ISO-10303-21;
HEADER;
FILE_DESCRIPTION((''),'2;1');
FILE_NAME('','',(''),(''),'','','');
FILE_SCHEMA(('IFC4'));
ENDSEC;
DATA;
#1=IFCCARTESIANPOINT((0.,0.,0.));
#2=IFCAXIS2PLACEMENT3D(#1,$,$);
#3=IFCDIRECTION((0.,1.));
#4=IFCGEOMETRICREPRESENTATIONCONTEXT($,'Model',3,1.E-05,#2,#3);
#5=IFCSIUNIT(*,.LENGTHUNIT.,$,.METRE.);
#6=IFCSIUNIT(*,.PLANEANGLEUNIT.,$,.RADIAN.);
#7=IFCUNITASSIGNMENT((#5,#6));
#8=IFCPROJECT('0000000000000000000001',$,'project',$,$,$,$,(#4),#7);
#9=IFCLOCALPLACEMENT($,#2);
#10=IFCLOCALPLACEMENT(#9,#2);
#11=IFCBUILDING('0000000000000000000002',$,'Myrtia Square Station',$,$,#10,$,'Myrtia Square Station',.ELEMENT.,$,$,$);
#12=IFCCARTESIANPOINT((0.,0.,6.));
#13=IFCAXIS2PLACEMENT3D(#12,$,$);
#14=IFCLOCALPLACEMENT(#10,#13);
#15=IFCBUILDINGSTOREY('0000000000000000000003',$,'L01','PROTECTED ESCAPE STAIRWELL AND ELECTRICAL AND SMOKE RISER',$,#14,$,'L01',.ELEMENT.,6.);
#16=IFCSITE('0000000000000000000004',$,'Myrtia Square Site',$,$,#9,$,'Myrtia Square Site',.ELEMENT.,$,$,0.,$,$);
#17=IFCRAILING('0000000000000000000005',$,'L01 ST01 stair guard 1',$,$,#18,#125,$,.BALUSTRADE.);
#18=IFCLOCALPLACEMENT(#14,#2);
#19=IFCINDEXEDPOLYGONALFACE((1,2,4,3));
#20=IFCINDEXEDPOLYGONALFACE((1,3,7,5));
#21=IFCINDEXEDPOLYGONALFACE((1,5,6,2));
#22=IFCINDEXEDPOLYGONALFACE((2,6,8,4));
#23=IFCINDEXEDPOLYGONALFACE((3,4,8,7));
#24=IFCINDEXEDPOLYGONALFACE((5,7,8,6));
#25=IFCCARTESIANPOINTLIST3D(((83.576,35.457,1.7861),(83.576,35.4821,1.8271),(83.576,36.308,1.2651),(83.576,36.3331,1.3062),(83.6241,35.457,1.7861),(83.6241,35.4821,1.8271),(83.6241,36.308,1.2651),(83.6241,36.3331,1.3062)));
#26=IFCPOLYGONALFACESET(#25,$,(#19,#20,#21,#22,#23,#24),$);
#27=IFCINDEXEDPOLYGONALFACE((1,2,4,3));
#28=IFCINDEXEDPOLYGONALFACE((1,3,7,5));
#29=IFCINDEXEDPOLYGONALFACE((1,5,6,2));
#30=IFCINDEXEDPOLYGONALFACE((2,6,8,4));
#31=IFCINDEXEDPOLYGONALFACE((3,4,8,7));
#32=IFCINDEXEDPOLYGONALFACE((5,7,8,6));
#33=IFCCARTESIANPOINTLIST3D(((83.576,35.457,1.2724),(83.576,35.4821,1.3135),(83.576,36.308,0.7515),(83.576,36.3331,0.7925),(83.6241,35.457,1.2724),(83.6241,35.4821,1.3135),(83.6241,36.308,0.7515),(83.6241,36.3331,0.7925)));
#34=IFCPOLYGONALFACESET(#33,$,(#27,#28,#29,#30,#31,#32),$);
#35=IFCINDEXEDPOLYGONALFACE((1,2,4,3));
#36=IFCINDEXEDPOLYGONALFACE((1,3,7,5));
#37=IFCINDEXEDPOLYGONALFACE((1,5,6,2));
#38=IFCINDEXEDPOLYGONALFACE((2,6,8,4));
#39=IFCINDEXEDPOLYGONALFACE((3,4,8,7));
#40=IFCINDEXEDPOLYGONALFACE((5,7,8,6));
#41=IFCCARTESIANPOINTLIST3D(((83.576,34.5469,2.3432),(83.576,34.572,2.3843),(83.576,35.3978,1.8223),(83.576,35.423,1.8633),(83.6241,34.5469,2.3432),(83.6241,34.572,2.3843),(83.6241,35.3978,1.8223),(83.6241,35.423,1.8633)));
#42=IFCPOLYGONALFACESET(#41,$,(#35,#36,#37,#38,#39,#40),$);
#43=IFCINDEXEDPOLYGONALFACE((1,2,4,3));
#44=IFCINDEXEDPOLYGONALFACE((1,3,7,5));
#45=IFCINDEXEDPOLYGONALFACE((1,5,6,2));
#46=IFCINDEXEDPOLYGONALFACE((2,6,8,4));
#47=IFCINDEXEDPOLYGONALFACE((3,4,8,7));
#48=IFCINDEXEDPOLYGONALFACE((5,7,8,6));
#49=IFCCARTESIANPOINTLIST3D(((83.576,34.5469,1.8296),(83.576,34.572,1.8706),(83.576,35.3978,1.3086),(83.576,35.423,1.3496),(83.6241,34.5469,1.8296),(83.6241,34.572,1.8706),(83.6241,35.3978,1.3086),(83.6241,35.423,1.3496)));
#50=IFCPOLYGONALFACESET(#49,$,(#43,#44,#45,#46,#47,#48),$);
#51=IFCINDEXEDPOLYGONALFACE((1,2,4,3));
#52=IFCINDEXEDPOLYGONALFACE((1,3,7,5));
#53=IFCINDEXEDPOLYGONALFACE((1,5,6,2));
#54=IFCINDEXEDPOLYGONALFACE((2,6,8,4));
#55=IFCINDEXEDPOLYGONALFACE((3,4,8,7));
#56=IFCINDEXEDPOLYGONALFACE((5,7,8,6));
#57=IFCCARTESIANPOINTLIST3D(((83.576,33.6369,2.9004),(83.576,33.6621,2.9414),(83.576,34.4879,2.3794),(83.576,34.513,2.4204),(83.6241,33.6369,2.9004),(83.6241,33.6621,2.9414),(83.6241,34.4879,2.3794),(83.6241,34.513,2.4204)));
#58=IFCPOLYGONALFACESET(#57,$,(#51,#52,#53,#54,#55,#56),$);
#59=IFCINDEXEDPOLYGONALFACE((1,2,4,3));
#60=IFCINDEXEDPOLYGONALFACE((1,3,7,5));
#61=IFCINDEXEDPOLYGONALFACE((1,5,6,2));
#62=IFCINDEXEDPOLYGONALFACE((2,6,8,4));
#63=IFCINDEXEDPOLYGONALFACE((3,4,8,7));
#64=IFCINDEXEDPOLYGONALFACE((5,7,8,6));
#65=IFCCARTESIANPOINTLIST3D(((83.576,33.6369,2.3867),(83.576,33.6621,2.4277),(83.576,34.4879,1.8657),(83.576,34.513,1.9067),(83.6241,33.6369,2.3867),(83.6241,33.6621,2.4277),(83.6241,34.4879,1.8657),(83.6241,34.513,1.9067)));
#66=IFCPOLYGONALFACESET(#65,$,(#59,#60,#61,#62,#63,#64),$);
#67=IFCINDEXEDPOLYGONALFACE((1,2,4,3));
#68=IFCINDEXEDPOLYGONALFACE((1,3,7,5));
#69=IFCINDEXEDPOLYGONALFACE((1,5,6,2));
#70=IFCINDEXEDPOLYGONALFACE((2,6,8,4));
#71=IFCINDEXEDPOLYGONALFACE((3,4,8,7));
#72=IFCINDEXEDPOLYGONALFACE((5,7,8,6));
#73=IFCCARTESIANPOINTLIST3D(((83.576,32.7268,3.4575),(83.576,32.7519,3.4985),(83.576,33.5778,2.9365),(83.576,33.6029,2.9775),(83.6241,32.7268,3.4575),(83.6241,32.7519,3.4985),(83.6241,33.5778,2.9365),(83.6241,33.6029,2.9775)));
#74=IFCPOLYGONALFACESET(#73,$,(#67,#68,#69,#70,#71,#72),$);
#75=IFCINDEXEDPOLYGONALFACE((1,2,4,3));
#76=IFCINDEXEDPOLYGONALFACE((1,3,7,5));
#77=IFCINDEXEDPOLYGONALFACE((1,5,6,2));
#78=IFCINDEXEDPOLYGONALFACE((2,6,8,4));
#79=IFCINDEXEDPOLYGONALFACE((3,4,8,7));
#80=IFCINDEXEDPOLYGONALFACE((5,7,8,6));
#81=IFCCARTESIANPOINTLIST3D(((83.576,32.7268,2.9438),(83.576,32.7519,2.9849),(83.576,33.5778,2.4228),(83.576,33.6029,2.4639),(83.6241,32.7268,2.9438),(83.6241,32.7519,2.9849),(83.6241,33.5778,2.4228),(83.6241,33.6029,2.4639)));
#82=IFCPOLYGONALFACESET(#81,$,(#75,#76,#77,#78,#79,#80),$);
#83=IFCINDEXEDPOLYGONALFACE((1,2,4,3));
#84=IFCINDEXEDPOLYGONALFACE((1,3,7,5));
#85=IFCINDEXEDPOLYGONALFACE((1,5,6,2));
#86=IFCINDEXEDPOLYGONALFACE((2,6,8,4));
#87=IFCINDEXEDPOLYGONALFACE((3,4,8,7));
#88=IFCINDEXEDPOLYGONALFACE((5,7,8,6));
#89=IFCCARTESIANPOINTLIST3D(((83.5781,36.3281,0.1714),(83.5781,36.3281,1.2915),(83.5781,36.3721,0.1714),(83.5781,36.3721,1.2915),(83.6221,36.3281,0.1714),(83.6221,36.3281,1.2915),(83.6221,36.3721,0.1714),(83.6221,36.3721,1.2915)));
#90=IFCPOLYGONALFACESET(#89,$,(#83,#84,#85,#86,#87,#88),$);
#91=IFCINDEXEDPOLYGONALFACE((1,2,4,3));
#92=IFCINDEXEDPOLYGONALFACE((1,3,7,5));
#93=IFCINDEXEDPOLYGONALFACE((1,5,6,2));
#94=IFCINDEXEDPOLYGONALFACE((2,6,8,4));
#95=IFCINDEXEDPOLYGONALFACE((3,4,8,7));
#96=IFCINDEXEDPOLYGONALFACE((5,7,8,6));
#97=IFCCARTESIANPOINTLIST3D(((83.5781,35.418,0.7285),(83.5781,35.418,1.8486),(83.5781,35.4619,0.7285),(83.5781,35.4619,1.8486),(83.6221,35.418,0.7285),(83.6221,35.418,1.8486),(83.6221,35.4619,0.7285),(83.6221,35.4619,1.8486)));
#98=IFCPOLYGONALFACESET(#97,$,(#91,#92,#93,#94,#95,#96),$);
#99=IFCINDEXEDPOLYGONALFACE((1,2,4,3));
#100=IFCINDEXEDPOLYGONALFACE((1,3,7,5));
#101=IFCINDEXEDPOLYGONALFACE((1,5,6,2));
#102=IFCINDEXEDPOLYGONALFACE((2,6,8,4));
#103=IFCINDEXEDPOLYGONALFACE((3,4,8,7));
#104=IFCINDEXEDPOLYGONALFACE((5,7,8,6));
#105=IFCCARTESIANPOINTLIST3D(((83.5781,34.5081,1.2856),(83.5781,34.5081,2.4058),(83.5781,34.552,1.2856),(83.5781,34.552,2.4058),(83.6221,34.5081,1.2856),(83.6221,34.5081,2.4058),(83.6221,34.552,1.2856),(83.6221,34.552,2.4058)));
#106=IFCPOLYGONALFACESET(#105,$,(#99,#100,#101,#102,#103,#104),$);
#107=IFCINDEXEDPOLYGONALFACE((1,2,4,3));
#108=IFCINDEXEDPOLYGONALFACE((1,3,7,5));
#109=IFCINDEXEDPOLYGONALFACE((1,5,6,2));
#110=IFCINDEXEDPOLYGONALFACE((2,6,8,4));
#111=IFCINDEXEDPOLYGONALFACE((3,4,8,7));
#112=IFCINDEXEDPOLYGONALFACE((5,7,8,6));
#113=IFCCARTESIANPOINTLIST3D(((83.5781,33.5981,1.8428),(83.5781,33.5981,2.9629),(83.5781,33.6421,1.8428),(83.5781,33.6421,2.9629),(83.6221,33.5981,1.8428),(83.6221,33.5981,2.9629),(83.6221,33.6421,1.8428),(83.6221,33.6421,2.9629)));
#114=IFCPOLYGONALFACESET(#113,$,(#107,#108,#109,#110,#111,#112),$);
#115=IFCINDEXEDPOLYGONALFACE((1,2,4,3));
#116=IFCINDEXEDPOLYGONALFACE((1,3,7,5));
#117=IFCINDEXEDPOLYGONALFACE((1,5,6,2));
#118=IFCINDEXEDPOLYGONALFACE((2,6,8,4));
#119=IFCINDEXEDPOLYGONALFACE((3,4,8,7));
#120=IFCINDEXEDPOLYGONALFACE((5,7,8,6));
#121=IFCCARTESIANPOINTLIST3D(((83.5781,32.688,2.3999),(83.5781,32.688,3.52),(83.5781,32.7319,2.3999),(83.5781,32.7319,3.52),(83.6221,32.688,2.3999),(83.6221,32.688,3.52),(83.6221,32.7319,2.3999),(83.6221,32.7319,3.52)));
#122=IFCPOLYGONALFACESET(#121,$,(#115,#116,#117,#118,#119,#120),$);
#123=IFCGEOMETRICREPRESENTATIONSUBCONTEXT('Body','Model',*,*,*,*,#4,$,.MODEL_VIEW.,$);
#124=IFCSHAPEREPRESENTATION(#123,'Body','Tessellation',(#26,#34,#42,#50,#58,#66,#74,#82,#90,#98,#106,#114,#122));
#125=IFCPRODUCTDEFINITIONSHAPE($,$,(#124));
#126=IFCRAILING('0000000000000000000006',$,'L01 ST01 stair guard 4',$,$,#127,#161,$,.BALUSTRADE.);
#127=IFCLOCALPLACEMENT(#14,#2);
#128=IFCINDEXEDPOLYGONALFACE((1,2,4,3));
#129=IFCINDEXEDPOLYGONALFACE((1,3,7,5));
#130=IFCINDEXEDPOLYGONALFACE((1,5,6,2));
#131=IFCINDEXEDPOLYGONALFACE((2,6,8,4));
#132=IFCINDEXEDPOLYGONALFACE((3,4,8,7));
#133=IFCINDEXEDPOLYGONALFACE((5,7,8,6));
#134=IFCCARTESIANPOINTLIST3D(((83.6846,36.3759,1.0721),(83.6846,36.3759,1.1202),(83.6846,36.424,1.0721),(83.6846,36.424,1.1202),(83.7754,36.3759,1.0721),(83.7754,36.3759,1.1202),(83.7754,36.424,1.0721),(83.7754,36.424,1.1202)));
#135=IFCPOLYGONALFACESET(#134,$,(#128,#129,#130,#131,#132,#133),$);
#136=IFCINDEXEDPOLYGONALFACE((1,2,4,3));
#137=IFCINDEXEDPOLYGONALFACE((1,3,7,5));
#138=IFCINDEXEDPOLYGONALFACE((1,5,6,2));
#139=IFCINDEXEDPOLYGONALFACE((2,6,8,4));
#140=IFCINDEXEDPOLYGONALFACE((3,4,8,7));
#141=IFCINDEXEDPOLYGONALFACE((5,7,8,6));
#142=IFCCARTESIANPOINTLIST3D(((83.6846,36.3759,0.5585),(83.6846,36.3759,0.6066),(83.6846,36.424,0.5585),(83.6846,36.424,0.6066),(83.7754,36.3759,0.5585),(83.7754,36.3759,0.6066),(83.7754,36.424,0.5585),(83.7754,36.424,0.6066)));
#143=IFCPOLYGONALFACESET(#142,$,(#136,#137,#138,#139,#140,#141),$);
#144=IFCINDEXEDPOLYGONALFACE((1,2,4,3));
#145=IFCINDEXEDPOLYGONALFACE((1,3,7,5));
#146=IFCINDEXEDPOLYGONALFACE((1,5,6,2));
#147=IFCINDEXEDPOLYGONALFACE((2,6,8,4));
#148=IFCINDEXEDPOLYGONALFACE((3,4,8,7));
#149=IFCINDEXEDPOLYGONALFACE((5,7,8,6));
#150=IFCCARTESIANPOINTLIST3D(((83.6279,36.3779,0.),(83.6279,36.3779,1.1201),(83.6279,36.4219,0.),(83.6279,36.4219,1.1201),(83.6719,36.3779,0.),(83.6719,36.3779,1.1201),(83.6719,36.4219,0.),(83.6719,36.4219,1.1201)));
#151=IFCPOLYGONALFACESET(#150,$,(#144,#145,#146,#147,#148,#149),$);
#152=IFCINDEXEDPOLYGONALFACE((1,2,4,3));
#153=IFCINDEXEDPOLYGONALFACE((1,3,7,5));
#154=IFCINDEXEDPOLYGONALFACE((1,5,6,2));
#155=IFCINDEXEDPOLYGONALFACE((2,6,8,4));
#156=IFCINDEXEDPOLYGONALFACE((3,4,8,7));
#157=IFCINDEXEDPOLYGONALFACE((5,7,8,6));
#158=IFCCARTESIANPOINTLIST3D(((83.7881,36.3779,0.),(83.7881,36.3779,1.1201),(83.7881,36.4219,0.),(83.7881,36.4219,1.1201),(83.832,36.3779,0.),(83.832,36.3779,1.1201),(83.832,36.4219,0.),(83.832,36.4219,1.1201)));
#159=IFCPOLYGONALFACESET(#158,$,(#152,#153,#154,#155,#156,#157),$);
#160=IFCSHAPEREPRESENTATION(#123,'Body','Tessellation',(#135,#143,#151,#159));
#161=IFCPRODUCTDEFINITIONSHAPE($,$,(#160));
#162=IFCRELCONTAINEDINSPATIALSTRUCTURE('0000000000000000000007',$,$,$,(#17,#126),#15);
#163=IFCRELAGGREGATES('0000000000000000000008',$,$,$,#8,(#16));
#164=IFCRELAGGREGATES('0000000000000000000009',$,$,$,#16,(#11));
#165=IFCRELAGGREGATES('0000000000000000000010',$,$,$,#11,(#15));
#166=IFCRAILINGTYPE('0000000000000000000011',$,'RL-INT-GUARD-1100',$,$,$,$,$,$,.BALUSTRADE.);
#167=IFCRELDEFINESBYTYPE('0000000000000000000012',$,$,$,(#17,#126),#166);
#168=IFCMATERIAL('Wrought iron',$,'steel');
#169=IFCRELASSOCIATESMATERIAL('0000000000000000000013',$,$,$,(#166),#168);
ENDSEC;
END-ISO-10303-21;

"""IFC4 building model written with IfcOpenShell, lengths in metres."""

from ifc_helpers import new_model, si_unit, direction, frame, origin, origin_2d, place, context, subcontext, project, spatial, rectangle, extrude, material, type_object, element, save


model = new_model("IFC4")

# Units and contexts
model_context = context("Model", 3, precision=1e-05, world=origin(), true_north=direction((0.0, 1.0)))
body_context = subcontext(model_context, "Body", "Model", "MODEL_VIEW")
ifc_project = project(units=[si_unit("LENGTHUNIT", "METRE"), si_unit("PLANEANGLEUNIT", "RADIAN")], contexts=[model_context])

# Site, building, storey
site_placement = place(None, origin())
site = spatial("IfcSite", under=ifc_project, at=site_placement, Name="Myrtia Square Site", LongName="Myrtia Square Site", CompositionType="ELEMENT", RefElevation=0.0)
building_placement = place(site_placement, origin())
building = spatial("IfcBuilding", under=site, at=building_placement, Name="Myrtia Square Station", LongName="Myrtia Square Station", CompositionType="ELEMENT")
storey_placement = place(building_placement, frame((0.0, 0.0, 6.0)))
storey = spatial("IfcBuildingStorey", under=building, at=storey_placement, Name="L01", Description="PROTECTED ESCAPE STAIRWELL AND ELECTRICAL AND SMOKE RISER", LongName="L01", CompositionType="ELEMENT", Elevation=6.0)

# Railings
ifc_material_1 = material(Name="Wrought iron", Category="steel")
railing_type_1 = type_object("IfcRailingType", Name="RL-INT-GUARD-1100", PredefinedType="BALUSTRADE", material=ifc_material_1)
railing_1_placement = place(storey_placement, frame((83.6001, 36.3501, 0.1714)))
element("IfcRailing", 1, at=railing_1_placement, inside=storey, type_object=railing_type_1, Name="L01 ST01 stair guard 1", PredefinedType="BALUSTRADE", context=body_context, shape_type="SweptSolid", body=[
    extrude(rectangle(XDim=0.0481, YDim=0.0481, at=origin_2d()), frame((0.0, -0.0295, 1.1143), z_axis=(0.0, -0.852866, 0.52213), x_axis=(1.0, 0.0, 0.0)), (0.0, 0.0, 1.0), 0.9978),
    extrude(rectangle(XDim=0.0481, YDim=0.0481, at=origin_2d()), frame((0.0, -0.0295, 0.6006), z_axis=(0.0, -0.852866, 0.52213), x_axis=(1.0, 0.0, 0.0)), (0.0, 0.0, 1.0), 0.9978),
    extrude(rectangle(XDim=0.0481, YDim=0.0481, at=origin_2d()), frame((0.0, -0.9397, 1.6714), z_axis=(0.0, -0.852866, 0.52213), x_axis=(1.0, 0.0, 0.0)), (0.0, 0.0, 1.0), 0.9978),
    extrude(rectangle(XDim=0.0481, YDim=0.0481, at=origin_2d()), frame((0.0, -0.9397, 1.1577), z_axis=(0.0, -0.852866, 0.52213), x_axis=(1.0, 0.0, 0.0)), (0.0, 0.0, 1.0), 0.9978),
    extrude(rectangle(XDim=0.0481, YDim=0.0481, at=origin_2d()), frame((0.0, -1.8496, 2.2285), z_axis=(0.0, -0.852866, 0.52213), x_axis=(1.0, 0.0, 0.0)), (0.0, 0.0, 1.0), 0.9978),
    extrude(rectangle(XDim=0.0481, YDim=0.0481, at=origin_2d()), frame((0.0, -1.8496, 1.7148), z_axis=(0.0, -0.852866, 0.52213), x_axis=(1.0, 0.0, 0.0)), (0.0, 0.0, 1.0), 0.9978),
    extrude(rectangle(XDim=0.0481, YDim=0.0481, at=origin_2d()), frame((0.0, -2.7598, 2.7856), z_axis=(0.0, -0.852866, 0.52213), x_axis=(1.0, 0.0, 0.0)), (0.0, 0.0, 1.0), 0.9978),
    extrude(rectangle(XDim=0.0481, YDim=0.0481, at=origin_2d()), frame((0.0, -2.7598, 2.272), z_axis=(0.0, -0.852866, 0.52213), x_axis=(1.0, 0.0, 0.0)), (0.0, 0.0, 1.0), 0.9978),
    extrude(rectangle(XDim=0.0439, YDim=0.0439, at=origin_2d()), origin(), (0.0, 0.0, 1.0), 1.1201),
    extrude(rectangle(XDim=0.0439, YDim=0.0439, at=origin_2d()), frame((0.0, -0.9102, 0.5571)), (0.0, 0.0, 1.0), 1.1201),
    extrude(rectangle(XDim=0.0439, YDim=0.0439, at=origin_2d()), frame((0.0, -1.8201, 1.1143)), (0.0, 0.0, 1.0), 1.1201),
    extrude(rectangle(XDim=0.0439, YDim=0.0439, at=origin_2d()), frame((0.0, -2.73, 1.6714)), (0.0, 0.0, 1.0), 1.1201),
    extrude(rectangle(XDim=0.0439, YDim=0.0439, at=origin_2d()), frame((0.0, -3.6401, 2.2285)), (0.0, 0.0, 1.0), 1.1201),
])
railing_2_placement = place(storey_placement, frame((83.6499, 36.3999, 0.0)))
element("IfcRailing", 2, at=railing_2_placement, inside=storey, type_object=railing_type_1, Name="L01 ST01 stair guard 4", PredefinedType="BALUSTRADE", context=body_context, shape_type="SweptSolid", body=[
    extrude(rectangle(XDim=0.0481, YDim=0.0481, at=origin_2d()), frame((0.0347, 0.0, 1.0962), z_axis=(1.0, 0.0, 0.0), x_axis=(0.0, 1.0, 0.0)), (0.0, 0.0, 1.0), 0.0908),
    extrude(rectangle(XDim=0.0481, YDim=0.0481, at=origin_2d()), frame((0.0347, 0.0, 0.5825), z_axis=(1.0, 0.0, 0.0), x_axis=(0.0, 1.0, 0.0)), (0.0, 0.0, 1.0), 0.0908),
    extrude(rectangle(XDim=0.0439, YDim=0.0439, at=origin_2d()), origin(), (0.0, 0.0, 1.0), 1.1201),
    extrude(rectangle(XDim=0.0439, YDim=0.0439, at=origin_2d()), frame((0.1602, 0.0, 0.0)), (0.0, 0.0, 1.0), 1.1201),
])

save(model, "model.ifc")
